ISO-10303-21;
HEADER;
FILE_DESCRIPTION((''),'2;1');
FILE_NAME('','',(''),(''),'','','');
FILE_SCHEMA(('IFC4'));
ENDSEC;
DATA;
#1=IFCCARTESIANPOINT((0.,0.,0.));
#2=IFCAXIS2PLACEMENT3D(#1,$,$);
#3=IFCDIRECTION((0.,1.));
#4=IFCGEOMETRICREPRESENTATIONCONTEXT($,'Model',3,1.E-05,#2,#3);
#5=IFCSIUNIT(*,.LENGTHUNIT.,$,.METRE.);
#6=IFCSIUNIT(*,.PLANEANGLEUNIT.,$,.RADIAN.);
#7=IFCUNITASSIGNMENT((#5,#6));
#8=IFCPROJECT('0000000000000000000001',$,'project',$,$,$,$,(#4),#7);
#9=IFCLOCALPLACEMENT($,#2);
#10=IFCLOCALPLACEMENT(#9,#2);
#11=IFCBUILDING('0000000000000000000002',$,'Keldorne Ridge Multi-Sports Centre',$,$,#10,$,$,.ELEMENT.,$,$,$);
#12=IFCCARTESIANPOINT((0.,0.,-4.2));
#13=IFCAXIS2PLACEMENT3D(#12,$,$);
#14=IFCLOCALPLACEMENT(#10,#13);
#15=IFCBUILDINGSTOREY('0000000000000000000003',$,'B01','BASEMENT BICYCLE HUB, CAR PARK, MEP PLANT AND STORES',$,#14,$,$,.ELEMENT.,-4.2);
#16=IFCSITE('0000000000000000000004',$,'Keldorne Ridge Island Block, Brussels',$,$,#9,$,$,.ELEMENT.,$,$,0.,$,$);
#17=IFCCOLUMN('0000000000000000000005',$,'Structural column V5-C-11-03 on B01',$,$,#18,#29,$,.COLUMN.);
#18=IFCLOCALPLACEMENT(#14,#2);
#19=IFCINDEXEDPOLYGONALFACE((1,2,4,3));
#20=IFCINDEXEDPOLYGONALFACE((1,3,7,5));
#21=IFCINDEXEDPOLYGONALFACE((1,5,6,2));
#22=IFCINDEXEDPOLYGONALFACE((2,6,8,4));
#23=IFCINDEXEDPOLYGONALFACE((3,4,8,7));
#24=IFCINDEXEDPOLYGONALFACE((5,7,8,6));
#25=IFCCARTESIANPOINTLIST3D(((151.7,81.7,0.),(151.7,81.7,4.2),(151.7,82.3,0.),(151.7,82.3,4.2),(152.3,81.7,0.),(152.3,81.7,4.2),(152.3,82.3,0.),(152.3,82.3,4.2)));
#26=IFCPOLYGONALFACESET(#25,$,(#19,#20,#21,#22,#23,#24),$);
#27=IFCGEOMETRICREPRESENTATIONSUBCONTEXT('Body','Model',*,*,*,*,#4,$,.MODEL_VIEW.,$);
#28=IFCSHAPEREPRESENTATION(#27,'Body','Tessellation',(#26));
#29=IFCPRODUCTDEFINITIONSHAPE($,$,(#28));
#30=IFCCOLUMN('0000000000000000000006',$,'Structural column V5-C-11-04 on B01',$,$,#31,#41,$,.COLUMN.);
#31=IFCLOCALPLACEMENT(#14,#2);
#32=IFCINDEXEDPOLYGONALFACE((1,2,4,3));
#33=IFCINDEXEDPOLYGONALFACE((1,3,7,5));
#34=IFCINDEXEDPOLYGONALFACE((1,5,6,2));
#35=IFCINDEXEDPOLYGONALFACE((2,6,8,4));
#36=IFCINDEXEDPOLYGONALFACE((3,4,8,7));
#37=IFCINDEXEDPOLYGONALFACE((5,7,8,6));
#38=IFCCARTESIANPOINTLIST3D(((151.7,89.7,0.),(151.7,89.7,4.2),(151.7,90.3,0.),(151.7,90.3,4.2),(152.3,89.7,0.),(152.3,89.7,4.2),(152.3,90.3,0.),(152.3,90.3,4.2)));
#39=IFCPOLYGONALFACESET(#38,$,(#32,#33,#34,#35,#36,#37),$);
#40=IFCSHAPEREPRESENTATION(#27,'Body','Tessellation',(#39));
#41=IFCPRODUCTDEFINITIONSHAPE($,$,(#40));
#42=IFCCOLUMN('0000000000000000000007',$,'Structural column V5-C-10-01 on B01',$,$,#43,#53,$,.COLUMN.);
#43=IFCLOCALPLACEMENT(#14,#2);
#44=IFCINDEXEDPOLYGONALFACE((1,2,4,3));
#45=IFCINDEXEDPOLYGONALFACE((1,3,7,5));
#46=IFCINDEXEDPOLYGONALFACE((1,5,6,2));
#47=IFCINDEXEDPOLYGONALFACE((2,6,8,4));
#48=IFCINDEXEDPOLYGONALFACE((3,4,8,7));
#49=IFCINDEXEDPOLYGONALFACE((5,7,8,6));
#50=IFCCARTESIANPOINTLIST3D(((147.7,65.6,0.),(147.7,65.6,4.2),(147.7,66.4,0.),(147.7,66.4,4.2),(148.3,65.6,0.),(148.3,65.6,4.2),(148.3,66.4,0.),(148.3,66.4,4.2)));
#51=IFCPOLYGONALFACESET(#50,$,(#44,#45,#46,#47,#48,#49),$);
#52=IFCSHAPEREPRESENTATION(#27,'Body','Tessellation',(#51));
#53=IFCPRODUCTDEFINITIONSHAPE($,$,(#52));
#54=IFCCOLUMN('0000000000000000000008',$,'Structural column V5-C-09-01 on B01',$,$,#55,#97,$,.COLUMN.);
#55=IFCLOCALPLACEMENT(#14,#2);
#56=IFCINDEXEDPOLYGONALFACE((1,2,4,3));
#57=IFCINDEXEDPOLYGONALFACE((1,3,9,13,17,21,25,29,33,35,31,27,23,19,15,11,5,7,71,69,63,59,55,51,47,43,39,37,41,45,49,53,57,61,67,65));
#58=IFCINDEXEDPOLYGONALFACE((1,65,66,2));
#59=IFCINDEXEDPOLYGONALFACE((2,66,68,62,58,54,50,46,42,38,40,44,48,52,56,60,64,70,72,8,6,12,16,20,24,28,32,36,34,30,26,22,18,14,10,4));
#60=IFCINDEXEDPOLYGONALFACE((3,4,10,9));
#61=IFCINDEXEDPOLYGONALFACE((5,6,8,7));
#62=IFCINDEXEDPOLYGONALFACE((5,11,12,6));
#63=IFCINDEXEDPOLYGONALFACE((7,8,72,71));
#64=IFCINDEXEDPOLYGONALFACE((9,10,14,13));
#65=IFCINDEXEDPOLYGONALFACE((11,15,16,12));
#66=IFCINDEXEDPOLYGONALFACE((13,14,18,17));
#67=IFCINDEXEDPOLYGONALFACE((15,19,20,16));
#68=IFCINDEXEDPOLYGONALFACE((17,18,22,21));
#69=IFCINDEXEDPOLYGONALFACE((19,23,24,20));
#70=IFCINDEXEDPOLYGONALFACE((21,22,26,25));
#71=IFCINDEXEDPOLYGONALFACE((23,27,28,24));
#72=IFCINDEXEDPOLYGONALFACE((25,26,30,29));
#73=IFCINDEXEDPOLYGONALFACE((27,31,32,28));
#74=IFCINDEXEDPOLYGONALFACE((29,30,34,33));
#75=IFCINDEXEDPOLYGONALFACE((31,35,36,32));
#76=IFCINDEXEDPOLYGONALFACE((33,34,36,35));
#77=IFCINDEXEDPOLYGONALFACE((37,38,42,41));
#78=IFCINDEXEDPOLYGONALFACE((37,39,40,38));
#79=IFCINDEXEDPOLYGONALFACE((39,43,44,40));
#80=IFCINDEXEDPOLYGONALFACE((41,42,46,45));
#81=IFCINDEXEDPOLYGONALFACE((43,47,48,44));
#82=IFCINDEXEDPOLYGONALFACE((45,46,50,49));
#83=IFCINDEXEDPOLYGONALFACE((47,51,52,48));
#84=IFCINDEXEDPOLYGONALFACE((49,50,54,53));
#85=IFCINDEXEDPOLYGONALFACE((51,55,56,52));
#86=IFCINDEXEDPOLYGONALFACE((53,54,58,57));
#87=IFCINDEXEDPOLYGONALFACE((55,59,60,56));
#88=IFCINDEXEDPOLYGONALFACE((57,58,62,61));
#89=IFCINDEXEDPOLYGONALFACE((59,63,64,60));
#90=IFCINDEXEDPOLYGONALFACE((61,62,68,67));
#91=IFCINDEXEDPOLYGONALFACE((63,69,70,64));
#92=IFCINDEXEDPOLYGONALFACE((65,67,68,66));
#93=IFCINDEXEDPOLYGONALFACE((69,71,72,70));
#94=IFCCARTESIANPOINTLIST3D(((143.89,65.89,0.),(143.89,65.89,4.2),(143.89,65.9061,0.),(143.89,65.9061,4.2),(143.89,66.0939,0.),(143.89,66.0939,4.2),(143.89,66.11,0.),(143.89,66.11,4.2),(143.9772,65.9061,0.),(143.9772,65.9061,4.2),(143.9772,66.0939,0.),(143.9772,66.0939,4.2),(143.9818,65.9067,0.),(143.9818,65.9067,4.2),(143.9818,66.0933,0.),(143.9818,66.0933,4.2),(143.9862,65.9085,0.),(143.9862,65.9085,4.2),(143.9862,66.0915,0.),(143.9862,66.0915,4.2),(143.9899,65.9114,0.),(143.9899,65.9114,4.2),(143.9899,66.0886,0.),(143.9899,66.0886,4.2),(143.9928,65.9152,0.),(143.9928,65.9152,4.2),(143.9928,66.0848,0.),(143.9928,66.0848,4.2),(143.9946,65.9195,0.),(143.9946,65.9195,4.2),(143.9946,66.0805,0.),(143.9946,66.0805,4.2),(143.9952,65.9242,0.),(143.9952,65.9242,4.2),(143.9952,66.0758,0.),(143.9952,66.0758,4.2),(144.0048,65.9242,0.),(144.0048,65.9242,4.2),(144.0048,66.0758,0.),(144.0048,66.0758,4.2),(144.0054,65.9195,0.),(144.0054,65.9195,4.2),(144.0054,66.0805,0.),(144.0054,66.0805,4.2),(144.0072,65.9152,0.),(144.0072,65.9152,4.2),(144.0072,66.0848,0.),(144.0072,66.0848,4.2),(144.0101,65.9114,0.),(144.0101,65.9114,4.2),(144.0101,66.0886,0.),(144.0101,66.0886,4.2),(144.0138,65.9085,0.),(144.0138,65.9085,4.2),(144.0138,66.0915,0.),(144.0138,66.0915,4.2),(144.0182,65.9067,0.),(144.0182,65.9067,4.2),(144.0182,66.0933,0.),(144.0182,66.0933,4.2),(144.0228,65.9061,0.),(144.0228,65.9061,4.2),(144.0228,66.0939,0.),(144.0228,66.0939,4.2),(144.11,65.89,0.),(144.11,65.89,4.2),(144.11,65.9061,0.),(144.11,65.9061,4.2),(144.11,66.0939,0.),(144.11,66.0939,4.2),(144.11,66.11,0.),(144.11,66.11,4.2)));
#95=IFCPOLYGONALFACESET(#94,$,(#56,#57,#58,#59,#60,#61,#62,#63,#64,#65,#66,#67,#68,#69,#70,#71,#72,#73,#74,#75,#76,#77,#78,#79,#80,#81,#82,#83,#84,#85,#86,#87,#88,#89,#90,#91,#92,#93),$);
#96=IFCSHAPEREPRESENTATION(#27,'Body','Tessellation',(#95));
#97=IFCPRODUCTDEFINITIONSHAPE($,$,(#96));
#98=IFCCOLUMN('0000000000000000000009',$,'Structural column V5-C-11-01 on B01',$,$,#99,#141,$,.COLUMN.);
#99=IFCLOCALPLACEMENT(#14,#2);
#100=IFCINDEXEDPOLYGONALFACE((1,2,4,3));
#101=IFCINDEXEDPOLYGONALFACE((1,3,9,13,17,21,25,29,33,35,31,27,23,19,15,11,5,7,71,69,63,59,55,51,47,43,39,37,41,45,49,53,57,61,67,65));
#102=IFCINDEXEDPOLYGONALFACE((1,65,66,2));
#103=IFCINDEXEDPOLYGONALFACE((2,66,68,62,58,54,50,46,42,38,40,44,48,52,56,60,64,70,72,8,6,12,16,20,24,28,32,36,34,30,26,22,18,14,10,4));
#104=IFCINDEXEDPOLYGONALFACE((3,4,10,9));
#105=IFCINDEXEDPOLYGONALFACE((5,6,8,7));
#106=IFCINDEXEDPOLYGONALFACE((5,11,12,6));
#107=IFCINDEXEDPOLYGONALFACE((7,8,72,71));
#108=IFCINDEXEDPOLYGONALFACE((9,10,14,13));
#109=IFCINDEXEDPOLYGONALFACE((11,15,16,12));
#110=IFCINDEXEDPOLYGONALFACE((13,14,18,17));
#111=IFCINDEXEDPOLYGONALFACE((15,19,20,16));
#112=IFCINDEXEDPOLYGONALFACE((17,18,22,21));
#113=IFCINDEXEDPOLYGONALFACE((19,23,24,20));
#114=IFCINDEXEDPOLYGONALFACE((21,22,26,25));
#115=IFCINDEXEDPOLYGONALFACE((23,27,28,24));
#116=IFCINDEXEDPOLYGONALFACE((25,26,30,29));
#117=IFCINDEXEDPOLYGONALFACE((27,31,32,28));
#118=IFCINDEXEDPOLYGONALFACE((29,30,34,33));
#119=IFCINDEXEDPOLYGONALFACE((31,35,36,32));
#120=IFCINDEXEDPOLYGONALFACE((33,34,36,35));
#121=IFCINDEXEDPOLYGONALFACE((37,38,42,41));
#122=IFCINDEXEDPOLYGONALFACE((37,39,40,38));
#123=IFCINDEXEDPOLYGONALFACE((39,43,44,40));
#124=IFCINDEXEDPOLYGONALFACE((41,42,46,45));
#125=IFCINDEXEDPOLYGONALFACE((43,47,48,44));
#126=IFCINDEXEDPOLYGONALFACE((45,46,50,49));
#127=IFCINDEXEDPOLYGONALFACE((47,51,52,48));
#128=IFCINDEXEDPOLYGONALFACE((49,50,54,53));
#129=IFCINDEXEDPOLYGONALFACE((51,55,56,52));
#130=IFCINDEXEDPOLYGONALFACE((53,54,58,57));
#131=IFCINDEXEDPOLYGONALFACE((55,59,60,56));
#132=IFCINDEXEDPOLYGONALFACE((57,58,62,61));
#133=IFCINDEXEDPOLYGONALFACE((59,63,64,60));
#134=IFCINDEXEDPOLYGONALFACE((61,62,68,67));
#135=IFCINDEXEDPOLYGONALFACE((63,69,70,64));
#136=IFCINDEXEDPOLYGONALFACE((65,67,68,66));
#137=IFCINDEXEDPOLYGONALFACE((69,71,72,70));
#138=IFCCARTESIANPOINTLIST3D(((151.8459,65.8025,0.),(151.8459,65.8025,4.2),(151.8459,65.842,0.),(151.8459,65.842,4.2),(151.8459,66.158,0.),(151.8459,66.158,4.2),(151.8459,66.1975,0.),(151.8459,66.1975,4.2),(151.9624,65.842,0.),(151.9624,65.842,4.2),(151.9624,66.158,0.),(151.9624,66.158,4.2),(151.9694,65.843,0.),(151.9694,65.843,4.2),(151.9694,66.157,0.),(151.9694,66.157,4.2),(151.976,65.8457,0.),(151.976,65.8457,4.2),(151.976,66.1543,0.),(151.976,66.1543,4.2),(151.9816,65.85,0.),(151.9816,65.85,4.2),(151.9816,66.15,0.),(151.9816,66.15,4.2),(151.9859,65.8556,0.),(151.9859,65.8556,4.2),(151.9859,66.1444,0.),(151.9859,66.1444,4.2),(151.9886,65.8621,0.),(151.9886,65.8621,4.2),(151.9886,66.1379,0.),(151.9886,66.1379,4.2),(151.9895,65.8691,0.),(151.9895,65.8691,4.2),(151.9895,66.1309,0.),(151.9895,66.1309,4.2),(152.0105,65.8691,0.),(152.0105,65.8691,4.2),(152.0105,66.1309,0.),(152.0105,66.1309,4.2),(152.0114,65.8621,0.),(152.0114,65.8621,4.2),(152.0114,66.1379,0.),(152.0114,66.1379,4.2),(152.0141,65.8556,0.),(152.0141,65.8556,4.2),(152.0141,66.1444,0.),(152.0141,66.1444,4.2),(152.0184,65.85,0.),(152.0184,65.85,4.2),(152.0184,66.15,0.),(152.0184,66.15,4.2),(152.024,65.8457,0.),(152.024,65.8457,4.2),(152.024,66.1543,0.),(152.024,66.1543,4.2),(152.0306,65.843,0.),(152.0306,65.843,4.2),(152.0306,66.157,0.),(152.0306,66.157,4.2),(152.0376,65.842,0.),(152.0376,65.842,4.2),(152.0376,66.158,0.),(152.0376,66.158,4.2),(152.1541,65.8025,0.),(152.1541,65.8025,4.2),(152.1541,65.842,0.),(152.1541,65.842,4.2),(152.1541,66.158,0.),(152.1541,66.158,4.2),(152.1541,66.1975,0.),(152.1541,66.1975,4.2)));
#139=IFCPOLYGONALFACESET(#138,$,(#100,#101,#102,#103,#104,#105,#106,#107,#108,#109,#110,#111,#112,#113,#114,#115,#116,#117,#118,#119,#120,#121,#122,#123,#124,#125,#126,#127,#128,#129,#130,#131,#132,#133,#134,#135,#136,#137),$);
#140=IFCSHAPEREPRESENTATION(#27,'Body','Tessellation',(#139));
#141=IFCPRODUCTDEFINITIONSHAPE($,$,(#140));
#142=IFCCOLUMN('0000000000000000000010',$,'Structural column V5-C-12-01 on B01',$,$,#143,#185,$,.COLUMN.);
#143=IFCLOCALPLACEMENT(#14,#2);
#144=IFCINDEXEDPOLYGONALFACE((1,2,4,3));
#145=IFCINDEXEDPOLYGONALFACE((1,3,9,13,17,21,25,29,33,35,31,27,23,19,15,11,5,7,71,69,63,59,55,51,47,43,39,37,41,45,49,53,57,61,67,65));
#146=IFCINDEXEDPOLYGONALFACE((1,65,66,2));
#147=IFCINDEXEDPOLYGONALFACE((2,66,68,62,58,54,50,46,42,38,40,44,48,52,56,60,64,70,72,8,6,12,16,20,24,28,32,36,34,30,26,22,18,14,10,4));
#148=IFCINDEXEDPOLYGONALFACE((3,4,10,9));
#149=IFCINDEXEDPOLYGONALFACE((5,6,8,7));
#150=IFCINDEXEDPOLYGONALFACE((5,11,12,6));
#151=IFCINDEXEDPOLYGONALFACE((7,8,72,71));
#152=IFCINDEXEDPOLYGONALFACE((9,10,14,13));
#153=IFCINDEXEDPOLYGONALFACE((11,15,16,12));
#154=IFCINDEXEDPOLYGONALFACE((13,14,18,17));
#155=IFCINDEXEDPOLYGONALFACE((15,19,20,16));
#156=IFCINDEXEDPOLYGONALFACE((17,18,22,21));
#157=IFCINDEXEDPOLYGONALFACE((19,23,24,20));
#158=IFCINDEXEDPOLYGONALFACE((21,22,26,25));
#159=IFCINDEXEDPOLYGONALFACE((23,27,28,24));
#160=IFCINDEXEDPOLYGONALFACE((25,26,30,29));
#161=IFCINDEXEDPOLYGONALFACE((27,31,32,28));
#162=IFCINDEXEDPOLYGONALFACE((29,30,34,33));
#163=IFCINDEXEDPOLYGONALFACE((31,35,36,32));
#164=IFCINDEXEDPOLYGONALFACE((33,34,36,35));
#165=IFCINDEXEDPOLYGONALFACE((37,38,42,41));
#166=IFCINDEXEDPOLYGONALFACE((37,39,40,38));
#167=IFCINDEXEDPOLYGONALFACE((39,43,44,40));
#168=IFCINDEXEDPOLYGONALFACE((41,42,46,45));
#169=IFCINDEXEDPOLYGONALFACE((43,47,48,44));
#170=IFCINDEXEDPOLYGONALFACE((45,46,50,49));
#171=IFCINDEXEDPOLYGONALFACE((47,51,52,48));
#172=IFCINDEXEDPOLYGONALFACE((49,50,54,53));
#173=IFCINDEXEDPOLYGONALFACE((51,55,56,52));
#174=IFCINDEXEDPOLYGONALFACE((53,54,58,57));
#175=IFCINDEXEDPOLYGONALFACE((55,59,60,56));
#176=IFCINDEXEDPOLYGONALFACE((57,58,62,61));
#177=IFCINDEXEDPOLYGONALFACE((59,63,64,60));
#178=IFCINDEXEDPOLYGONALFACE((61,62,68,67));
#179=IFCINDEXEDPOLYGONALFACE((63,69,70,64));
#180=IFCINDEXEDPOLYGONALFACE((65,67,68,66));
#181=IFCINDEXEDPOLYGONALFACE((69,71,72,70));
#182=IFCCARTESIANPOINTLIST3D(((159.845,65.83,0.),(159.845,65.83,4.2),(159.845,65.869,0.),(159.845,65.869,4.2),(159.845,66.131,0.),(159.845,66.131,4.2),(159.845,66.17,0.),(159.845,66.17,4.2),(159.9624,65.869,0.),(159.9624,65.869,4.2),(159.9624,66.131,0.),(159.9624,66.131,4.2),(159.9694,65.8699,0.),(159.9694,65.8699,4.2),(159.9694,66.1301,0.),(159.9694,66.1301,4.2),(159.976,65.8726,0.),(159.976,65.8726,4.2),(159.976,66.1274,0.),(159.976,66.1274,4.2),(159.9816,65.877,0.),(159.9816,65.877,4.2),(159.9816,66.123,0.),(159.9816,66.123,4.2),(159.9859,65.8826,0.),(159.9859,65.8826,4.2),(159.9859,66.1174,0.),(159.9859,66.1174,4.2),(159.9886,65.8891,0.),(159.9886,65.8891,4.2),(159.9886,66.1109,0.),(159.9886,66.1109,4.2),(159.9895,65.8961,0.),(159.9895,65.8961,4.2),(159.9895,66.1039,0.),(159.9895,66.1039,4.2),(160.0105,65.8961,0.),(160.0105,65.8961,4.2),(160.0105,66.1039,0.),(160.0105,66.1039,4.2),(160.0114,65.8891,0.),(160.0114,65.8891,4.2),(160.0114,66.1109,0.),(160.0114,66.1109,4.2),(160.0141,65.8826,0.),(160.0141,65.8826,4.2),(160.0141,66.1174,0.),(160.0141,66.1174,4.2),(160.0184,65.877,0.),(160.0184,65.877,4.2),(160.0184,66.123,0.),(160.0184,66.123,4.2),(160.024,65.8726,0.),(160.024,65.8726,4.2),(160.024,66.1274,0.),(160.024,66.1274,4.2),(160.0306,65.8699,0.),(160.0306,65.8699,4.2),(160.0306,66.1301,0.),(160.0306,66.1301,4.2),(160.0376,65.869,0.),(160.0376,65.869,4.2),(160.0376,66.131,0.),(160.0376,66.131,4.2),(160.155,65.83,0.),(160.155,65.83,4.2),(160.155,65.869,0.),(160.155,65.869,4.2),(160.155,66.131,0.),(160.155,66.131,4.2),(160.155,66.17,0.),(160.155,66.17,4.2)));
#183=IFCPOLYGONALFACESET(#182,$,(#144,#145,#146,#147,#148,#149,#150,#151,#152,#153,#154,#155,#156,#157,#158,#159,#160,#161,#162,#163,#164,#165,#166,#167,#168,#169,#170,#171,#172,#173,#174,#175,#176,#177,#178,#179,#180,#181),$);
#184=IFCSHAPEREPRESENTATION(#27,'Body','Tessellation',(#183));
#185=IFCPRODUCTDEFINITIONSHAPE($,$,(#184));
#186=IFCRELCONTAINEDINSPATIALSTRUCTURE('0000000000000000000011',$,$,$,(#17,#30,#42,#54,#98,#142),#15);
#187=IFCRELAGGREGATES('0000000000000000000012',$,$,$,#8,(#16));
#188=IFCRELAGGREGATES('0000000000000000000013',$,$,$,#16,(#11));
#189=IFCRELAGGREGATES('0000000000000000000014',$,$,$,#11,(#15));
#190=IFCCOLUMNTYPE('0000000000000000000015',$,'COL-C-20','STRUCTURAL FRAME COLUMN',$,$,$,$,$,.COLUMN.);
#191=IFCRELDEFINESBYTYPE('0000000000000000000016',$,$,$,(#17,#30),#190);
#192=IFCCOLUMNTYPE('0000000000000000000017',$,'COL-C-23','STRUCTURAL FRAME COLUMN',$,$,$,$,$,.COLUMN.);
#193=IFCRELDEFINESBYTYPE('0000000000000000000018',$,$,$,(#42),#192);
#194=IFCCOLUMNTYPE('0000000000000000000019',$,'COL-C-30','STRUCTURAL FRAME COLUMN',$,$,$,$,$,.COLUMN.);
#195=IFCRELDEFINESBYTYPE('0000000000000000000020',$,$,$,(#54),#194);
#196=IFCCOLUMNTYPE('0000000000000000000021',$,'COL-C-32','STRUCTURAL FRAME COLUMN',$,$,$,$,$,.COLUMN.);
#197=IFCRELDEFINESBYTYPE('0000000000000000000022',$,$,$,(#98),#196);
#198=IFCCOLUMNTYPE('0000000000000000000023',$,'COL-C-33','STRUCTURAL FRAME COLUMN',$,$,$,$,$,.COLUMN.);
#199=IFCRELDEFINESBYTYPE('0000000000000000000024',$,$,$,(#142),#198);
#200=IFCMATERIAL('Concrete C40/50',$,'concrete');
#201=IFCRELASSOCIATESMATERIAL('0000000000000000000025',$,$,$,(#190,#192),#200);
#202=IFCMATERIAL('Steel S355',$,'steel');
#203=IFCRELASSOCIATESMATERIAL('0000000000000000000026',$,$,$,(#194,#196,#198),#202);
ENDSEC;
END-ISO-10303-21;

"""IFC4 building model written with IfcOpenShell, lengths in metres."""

from ifc_helpers import new_model, si_unit, direction, frame, origin, origin_2d, place, context, subcontext, project, spatial, rectangle, i_section, extrude, material, material_profile, profile_set, type_object, element, save


model = new_model("IFC4")

# Units and contexts
model_context = context("Model", 3, precision=1e-05, world=origin(), true_north=direction((0.0, 1.0)))
body_context = subcontext(model_context, "Body", "Model", "MODEL_VIEW")
ifc_project = project(units=[si_unit("LENGTHUNIT", "METRE"), si_unit("PLANEANGLEUNIT", "RADIAN")], contexts=[model_context])

# Site, building, storey
site_placement = place(None, origin())
site = spatial("IfcSite", under=ifc_project, at=site_placement, Name="Keldorne Ridge Island Block, Brussels", CompositionType="ELEMENT", RefElevation=0.0)
building_placement = place(site_placement, origin())
building = spatial("IfcBuilding", under=site, at=building_placement, Name="Keldorne Ridge Multi-Sports Centre", CompositionType="ELEMENT")
storey_placement = place(building_placement, frame((0.0, 0.0, -4.2)))
storey = spatial("IfcBuildingStorey", under=building, at=storey_placement, Name="B01", Description="BASEMENT BICYCLE HUB, CAR PARK, MEP PLANT AND STORES", CompositionType="ELEMENT", Elevation=-4.2)

# Columns
ifc_material_1 = material(Name="Concrete C40/50", Category="concrete")
ifc_material_profile_1 = material_profile(ifc_material_1, rectangle(XDim=0.6001, YDim=0.6001, at=origin_2d()), Name="RC 600x600")
ifc_profile_set_1 = profile_set([ifc_material_profile_1], Name="Concrete C40/50")
column_type_1 = type_object("IfcColumnType", Name="COL-C-20", Description="STRUCTURAL FRAME COLUMN", PredefinedType="COLUMN", material=ifc_profile_set_1)
for number, where, z_axis, x_axis, name in (
    (1, (152.0, 82.0, 0.0), (0.0, 0.0, 1.0), (1.0, 0.0, 0.0), "Structural column V5-C-11-03 on B01"),
    (2, (152.0, 90.0, 0.0), (0.0, 0.0, 1.0), (1.0, 0.0, 0.0), "Structural column V5-C-11-04 on B01"),
):
    element("IfcColumn", number, at=place(storey_placement, frame(where, z_axis=z_axis, x_axis=x_axis)), inside=storey, type_object=column_type_1, Name=name, PredefinedType="COLUMN", context=body_context, shape_type="SweptSolid", body=[
        extrude(rectangle(XDim=0.6001, YDim=0.6001, at=origin_2d()), origin(), (0.0, 0.0, 1.0), 4.2),
    ])
ifc_material_profile_2 = material_profile(ifc_material_1, rectangle(XDim=0.6001, YDim=0.8, at=origin_2d()), Name="RC 600x800")
ifc_profile_set_2 = profile_set([ifc_material_profile_2], Name="Concrete C40/50")
column_type_2 = type_object("IfcColumnType", Name="COL-C-23", Description="STRUCTURAL FRAME COLUMN", PredefinedType="COLUMN", material=ifc_profile_set_2)
column_1_placement = place(storey_placement, frame((148.0, 66.0, 0.0), z_axis=(0.0, 0.0, 1.0), x_axis=(1.0, 0.0, 0.0)))
element("IfcColumn", 3, at=column_1_placement, inside=storey, type_object=column_type_2, Name="Structural column V5-C-10-01 on B01", PredefinedType="COLUMN", context=body_context, shape_type="SweptSolid", body=[
    extrude(rectangle(XDim=0.6001, YDim=0.8, at=origin_2d()), origin(), (0.0, 0.0, 1.0), 4.2),
])
ifc_material_2 = material(Name="Steel S355", Category="steel")
ifc_material_profile_3 = material_profile(ifc_material_2, i_section(OverallWidth=0.22, OverallDepth=0.22, WebThickness=0.0095, FlangeThickness=0.0161, FilletRadius=0.0181, at=origin_2d()), Name="HEB 220")
ifc_profile_set_3 = profile_set([ifc_material_profile_3], Name="Steel S355")
column_type_3 = type_object("IfcColumnType", Name="COL-C-30", Description="STRUCTURAL FRAME COLUMN", PredefinedType="COLUMN", material=ifc_profile_set_3)
column_2_placement = place(storey_placement, frame((144.0, 66.0, 0.0), z_axis=(0.0, 0.0, 1.0), x_axis=(1.0, 0.0, 0.0)))
element("IfcColumn", 4, at=column_2_placement, inside=storey, type_object=column_type_3, Name="Structural column V5-C-09-01 on B01", PredefinedType="COLUMN", context=body_context, shape_type="SweptSolid", body=[
    extrude(i_section(OverallWidth=0.22, OverallDepth=0.22, WebThickness=0.0095, FlangeThickness=0.0161, FilletRadius=0.0181, at=origin_2d()), origin(), (0.0, 0.0, 1.0), 4.2),
])
ifc_material_profile_4 = material_profile(ifc_material_2, i_section(OverallWidth=0.3081, OverallDepth=0.395, WebThickness=0.021, FlangeThickness=0.0396, FilletRadius=0.0271, at=origin_2d()), Name="HEM 360")
ifc_profile_set_4 = profile_set([ifc_material_profile_4], Name="Steel S355")
column_type_4 = type_object("IfcColumnType", Name="COL-C-32", Description="STRUCTURAL FRAME COLUMN", PredefinedType="COLUMN", material=ifc_profile_set_4)
column_3_placement = place(storey_placement, frame((152.0, 66.0, 0.0), z_axis=(0.0, 0.0, 1.0), x_axis=(1.0, 0.0, 0.0)))
element("IfcColumn", 5, at=column_3_placement, inside=storey, type_object=column_type_4, Name="Structural column V5-C-11-01 on B01", PredefinedType="COLUMN", context=body_context, shape_type="SweptSolid", body=[
    extrude(i_section(OverallWidth=0.3081, OverallDepth=0.395, WebThickness=0.021, FlangeThickness=0.0396, FilletRadius=0.0271, at=origin_2d()), origin(), (0.0, 0.0, 1.0), 4.2),
])
ifc_material_profile_5 = material_profile(ifc_material_2, i_section(OverallWidth=0.3101, OverallDepth=0.3401, WebThickness=0.021, FlangeThickness=0.0391, FilletRadius=0.0271, at=origin_2d()), Name="HEM 300")
ifc_profile_set_5 = profile_set([ifc_material_profile_5], Name="Steel S355")
column_type_5 = type_object("IfcColumnType", Name="COL-C-33", Description="STRUCTURAL FRAME COLUMN", PredefinedType="COLUMN", material=ifc_profile_set_5)
column_4_placement = place(storey_placement, frame((160.0, 66.0, 0.0), z_axis=(0.0, 0.0, 1.0), x_axis=(1.0, 0.0, 0.0)))
element("IfcColumn", 6, at=column_4_placement, inside=storey, type_object=column_type_5, Name="Structural column V5-C-12-01 on B01", PredefinedType="COLUMN", context=body_context, shape_type="SweptSolid", body=[
    extrude(i_section(OverallWidth=0.3101, OverallDepth=0.3401, WebThickness=0.021, FlangeThickness=0.0391, FilletRadius=0.0271, at=origin_2d()), origin(), (0.0, 0.0, 1.0), 4.2),
])

save(model, "model.ifc")
